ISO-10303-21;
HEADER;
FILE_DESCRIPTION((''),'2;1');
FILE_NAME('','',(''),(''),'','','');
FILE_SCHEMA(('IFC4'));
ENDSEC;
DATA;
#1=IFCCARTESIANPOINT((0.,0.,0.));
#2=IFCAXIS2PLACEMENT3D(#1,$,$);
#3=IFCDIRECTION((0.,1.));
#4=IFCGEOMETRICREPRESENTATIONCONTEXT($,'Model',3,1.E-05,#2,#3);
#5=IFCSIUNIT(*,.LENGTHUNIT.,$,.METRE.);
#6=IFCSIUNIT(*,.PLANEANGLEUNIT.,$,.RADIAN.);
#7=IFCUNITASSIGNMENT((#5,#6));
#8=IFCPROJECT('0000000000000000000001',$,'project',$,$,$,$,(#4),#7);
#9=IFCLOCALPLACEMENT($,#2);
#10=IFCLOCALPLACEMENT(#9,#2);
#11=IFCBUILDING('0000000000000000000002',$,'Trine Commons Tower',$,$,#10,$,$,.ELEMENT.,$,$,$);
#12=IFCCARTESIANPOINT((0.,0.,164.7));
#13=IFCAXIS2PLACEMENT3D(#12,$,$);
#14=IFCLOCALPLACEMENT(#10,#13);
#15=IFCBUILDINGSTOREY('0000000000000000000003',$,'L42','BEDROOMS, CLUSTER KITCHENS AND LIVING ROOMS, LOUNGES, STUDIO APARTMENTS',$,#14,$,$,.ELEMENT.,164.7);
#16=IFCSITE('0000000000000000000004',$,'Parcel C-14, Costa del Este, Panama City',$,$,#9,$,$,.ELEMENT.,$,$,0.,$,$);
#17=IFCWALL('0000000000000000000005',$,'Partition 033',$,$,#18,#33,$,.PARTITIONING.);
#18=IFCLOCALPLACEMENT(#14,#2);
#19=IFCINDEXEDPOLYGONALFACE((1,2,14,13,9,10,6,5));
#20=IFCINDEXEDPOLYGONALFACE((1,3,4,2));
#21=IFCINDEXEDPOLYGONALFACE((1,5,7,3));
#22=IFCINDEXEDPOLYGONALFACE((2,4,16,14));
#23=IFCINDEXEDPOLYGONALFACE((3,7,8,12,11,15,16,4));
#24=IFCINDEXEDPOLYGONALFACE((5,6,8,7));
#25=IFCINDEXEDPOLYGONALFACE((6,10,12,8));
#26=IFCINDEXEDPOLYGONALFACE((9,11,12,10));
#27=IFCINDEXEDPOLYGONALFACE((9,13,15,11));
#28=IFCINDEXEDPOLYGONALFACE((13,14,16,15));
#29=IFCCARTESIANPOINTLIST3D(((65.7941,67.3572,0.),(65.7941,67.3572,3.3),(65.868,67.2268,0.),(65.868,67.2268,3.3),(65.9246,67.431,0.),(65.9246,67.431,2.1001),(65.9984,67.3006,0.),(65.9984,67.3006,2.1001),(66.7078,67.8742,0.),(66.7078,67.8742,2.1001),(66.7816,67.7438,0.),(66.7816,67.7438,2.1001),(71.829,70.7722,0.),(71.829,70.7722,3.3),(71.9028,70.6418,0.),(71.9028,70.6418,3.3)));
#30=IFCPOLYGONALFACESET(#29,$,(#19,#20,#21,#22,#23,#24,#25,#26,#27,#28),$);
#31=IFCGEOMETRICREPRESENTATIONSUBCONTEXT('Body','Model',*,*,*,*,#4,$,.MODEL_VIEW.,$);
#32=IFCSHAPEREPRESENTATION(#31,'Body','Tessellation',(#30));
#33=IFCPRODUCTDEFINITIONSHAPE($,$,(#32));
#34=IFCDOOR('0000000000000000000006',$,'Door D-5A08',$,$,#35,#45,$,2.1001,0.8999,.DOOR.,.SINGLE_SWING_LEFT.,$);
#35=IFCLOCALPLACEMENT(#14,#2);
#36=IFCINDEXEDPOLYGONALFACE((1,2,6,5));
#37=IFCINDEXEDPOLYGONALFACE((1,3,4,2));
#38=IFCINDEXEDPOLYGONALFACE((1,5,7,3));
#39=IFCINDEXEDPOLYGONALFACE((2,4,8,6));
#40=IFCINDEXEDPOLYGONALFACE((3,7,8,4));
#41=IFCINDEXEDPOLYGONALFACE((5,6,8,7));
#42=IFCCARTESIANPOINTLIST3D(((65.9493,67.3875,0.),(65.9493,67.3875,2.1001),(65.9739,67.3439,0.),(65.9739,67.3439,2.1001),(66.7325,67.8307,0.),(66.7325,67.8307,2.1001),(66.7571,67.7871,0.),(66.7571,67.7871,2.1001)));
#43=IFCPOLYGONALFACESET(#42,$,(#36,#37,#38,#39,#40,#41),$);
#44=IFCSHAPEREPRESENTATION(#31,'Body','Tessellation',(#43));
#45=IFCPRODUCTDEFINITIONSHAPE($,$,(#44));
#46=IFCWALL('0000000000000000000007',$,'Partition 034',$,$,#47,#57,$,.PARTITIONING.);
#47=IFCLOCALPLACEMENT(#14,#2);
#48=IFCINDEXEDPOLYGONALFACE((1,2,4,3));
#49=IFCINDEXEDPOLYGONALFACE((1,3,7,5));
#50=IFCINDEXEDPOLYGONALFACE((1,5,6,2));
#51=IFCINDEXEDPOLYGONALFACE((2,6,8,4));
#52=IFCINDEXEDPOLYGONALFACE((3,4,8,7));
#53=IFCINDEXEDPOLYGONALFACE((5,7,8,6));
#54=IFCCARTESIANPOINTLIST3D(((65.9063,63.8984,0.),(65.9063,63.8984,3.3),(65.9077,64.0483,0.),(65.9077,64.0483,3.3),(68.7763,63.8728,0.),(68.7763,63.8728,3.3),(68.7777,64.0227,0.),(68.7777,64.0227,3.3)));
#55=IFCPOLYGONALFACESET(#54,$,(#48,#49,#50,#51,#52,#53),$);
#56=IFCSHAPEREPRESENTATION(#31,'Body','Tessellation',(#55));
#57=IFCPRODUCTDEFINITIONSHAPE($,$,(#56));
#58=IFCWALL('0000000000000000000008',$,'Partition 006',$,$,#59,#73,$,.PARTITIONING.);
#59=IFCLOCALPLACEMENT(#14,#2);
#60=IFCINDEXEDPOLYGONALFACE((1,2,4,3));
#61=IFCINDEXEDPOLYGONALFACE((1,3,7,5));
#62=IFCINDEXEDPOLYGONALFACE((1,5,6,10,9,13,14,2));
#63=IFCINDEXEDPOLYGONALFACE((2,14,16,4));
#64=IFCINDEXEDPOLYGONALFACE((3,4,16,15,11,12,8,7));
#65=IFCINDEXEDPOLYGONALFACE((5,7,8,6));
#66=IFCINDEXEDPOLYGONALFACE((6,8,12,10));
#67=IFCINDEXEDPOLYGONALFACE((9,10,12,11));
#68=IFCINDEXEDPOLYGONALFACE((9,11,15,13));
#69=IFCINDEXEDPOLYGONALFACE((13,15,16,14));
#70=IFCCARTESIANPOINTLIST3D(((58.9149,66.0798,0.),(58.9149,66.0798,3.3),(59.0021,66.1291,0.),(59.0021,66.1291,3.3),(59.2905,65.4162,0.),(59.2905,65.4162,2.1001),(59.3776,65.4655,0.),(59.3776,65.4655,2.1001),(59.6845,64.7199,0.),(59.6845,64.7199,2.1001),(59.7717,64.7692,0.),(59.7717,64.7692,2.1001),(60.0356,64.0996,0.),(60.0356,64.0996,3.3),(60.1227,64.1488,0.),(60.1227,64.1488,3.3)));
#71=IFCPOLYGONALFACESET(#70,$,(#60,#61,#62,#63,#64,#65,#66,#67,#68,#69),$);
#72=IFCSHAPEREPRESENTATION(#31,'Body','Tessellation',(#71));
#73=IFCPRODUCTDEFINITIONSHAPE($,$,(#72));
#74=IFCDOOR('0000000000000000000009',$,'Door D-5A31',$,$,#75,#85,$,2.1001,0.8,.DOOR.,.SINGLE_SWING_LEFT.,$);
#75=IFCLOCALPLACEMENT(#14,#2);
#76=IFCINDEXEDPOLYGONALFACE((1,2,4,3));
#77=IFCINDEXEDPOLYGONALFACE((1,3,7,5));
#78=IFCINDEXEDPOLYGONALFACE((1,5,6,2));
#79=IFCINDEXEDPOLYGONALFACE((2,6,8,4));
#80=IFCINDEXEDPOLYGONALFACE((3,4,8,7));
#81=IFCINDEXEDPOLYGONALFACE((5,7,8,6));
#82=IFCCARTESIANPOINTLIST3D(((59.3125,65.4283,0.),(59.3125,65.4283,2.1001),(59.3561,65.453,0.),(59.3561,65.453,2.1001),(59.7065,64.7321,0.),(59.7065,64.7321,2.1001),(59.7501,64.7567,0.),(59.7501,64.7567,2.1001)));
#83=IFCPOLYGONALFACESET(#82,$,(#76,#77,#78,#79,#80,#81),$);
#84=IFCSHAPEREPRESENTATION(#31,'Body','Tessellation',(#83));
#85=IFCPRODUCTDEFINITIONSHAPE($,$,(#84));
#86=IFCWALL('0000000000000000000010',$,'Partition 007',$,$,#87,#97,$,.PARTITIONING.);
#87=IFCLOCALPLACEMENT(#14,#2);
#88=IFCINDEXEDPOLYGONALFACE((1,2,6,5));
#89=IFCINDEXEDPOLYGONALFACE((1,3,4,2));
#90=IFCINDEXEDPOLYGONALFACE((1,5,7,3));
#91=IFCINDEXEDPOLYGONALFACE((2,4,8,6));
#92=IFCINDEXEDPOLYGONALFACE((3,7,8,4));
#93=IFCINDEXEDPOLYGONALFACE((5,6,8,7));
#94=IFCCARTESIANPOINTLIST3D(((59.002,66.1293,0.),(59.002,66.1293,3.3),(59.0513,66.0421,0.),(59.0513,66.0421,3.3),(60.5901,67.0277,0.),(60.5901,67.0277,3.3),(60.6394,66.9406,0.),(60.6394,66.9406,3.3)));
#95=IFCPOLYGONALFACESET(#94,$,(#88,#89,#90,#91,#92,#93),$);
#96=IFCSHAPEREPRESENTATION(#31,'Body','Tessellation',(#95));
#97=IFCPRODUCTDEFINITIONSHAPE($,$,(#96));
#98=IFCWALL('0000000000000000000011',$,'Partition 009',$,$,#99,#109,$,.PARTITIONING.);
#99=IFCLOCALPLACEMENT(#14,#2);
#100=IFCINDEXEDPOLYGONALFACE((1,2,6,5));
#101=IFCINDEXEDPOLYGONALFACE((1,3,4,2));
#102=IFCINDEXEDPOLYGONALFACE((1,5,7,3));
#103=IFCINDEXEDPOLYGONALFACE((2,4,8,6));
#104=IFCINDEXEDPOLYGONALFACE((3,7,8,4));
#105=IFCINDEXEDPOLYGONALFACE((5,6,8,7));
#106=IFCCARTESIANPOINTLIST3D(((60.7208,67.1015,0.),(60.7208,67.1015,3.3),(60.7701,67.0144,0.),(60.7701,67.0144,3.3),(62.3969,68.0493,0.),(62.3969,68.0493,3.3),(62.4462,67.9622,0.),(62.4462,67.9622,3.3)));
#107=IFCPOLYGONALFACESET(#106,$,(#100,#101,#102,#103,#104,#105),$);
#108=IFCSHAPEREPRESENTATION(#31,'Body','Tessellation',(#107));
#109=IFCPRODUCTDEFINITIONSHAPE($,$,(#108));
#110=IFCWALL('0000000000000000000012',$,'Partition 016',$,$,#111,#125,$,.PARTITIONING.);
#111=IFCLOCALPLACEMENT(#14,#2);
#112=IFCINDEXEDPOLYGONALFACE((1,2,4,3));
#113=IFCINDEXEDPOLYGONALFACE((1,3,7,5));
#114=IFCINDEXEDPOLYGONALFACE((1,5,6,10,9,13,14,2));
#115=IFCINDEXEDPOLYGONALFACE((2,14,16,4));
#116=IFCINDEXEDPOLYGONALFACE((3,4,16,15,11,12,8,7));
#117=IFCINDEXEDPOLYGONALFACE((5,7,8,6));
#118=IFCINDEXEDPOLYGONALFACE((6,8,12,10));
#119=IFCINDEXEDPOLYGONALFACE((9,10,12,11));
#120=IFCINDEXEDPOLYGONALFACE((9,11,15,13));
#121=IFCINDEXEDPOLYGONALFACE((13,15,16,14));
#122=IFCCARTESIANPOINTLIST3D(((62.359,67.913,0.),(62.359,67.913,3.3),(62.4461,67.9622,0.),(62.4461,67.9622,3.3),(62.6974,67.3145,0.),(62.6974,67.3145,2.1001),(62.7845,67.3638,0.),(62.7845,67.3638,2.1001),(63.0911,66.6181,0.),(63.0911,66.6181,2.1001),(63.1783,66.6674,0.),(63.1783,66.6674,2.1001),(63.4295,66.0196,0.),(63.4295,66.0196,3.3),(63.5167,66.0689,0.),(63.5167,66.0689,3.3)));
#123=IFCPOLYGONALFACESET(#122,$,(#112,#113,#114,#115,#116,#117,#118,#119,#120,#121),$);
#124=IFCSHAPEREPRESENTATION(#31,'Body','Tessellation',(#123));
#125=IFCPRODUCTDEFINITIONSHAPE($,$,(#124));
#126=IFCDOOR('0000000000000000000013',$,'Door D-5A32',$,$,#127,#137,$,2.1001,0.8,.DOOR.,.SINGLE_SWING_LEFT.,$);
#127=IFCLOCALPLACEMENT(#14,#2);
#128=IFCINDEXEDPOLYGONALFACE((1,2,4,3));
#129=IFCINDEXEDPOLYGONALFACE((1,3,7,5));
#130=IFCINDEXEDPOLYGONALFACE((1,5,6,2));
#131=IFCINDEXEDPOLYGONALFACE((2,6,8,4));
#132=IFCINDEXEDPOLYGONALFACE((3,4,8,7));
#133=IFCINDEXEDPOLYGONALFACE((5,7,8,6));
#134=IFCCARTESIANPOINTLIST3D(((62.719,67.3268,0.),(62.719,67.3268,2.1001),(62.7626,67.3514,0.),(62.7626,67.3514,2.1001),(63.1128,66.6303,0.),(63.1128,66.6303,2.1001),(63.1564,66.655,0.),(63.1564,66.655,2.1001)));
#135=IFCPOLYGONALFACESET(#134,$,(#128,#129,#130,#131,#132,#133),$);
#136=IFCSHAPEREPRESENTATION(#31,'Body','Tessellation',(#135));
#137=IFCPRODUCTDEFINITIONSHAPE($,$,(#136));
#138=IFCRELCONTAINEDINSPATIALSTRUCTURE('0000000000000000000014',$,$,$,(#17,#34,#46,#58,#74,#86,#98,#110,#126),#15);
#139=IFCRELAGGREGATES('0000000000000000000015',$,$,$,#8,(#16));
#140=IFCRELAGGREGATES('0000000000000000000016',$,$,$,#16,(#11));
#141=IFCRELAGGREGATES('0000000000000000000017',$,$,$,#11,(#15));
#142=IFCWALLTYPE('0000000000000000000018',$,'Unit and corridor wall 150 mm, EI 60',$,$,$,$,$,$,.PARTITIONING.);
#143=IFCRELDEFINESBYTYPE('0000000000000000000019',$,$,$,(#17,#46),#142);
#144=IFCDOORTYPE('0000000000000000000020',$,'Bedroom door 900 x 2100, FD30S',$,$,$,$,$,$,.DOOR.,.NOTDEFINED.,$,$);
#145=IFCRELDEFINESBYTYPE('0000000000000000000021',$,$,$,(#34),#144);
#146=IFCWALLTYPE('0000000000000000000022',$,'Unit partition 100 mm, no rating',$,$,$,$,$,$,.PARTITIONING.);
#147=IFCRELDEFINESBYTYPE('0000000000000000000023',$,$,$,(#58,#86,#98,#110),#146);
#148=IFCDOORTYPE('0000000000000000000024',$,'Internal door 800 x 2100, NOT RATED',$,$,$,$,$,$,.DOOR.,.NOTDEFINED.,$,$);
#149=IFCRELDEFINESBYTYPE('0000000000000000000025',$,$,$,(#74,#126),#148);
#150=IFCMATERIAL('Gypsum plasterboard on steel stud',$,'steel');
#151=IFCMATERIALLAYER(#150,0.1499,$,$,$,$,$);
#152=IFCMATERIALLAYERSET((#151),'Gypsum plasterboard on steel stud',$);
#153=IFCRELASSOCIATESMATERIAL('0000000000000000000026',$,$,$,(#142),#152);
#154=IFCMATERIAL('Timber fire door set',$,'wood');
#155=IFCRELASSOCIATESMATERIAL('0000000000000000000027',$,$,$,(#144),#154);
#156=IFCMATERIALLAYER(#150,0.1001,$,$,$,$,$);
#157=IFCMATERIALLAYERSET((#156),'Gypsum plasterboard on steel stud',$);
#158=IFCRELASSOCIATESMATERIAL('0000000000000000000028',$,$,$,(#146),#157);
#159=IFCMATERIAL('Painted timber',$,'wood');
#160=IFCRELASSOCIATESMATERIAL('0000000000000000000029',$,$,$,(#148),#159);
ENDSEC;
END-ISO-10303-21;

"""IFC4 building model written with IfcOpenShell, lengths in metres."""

from ifc_helpers import new_model, si_unit, direction, frame, frame_2d, origin, place, context, subcontext, project, spatial, rectangle, extrude, material, layer, layer_set, type_object, element, fill, save


model = new_model("IFC4")

# Units and contexts
model_context = context("Model", 3, precision=1e-05, world=origin(), true_north=direction((0.0, 1.0)))
body_context = subcontext(model_context, "Body", "Model", "MODEL_VIEW")
ifc_project = project(units=[si_unit("LENGTHUNIT", "METRE"), si_unit("PLANEANGLEUNIT", "RADIAN")], contexts=[model_context])

# Site, building, storey
site_placement = place(None, origin())
site = spatial("IfcSite", under=ifc_project, at=site_placement, Name="Parcel C-14, Costa del Este, Panama City", CompositionType="ELEMENT", RefElevation=0.0)
building_placement = place(site_placement, origin())
building = spatial("IfcBuilding", under=site, at=building_placement, Name="Trine Commons Tower", CompositionType="ELEMENT")
storey_placement = place(building_placement, frame((0.0, 0.0, 164.7)))
storey = spatial("IfcBuildingStorey", under=building, at=storey_placement, Name="L42", Description="BEDROOMS, CLUSTER KITCHENS AND LIVING ROOMS, LOUNGES, STUDIO APARTMENTS", CompositionType="ELEMENT", Elevation=164.7)

# Shared definitions
ifc_material_1 = material(Name="Gypsum plasterboard on steel stud", Category="steel")
ifc_layer_1 = layer(ifc_material_1, 0.1499)
ifc_layer_set_1 = layer_set([ifc_layer_1], Name="Gypsum plasterboard on steel stud")
wall_type_1 = type_object("IfcWallType", Name="Unit and corridor wall 150 mm, EI 60", PredefinedType="PARTITIONING", material=ifc_layer_set_1)

# Shared definitions
ifc_material_2 = material(Name="Timber fire door set", Category="wood")

# Shared definitions
ifc_material_3 = material(Name="Painted timber", Category="wood")

# Wall, opening, door
wall_1_placement = place(storey_placement, frame((65.8311, 67.292, 0.0), z_axis=(0.0, 0.0, 1.0), x_axis=(0.870316, 0.492495, 0.0)))
wall_1 = element("IfcWall", 1, at=wall_1_placement, inside=storey, type_object=wall_type_1, Name="Partition 033", PredefinedType="PARTITIONING", context=body_context, shape_type="SweptSolid", body=[
    extrude(rectangle(XDim=6.9341, YDim=0.1499, at=frame_2d((3.467, 0.0))), origin(), (0.0, 0.0, 1.0), 3.3),
])
opening_1_placement = place(wall_1_placement, frame((0.1499, 0.0, 0.0)))
opening_1 = element("IfcOpeningElement", 2, at=opening_1_placement, cuts=wall_1, PredefinedType="OPENING", context=body_context, shape_type="SweptSolid", body=[
    extrude(rectangle(XDim=0.8999, YDim=2.1001, at=frame_2d((0.45, 1.05))), frame((0.0, 0.085, 0.0), z_axis=(0.0, -1.0, 0.0), x_axis=(1.0, 0.0, 0.0)), (0.0, 0.0, 1.0), 0.1699),
])
door_type_1 = type_object("IfcDoorType", Name="Bedroom door 900 x 2100, FD30S", OperationType="NOTDEFINED", PredefinedType="DOOR", material=ifc_material_2)
door_1_placement = place(opening_1_placement, origin())
door_1 = element("IfcDoor", 3, at=door_1_placement, inside=storey, type_object=door_type_1, Name="Door D-5A08", OperationType="SINGLE_SWING_LEFT", OverallHeight=2.1001, OverallWidth=0.8999, PredefinedType="DOOR", context=body_context, shape_type="SweptSolid", body=[
    extrude(rectangle(XDim=0.8999, YDim=2.1001, at=frame_2d((0.45, 1.05))), frame((0.0, 0.0249, 0.0), z_axis=(0.0, -1.0, 0.0), x_axis=(1.0, 0.0, 0.0)), (0.0, 0.0, 1.0), 0.05),
])
fill(opening_1, door_1)

# Wall
wall_2_placement = place(storey_placement, frame((65.907, 63.9734, 0.0), z_axis=(0.0, 0.0, 1.0), x_axis=(0.99996, -0.008931, 0.0)))
element("IfcWall", 4, at=wall_2_placement, inside=storey, type_object=wall_type_1, Name="Partition 034", PredefinedType="PARTITIONING", context=body_context, shape_type="SweptSolid", body=[
    extrude(rectangle(XDim=2.8701, YDim=0.1499, at=frame_2d((1.4351, 0.0))), origin(), (0.0, 0.0, 1.0), 3.3),
])

# Wall, opening, door
ifc_layer_2 = layer(ifc_material_1, 0.1001)
ifc_layer_set_2 = layer_set([ifc_layer_2], Name="Gypsum plasterboard on steel stud")
wall_type_2 = type_object("IfcWallType", Name="Unit partition 100 mm, no rating", PredefinedType="PARTITIONING", material=ifc_layer_set_2)
wall_3_placement = place(storey_placement, frame((58.9585, 66.1045, 0.0), z_axis=(0.0, 0.0, 1.0), x_axis=(0.492506, -0.870309, 0.0)))
wall_3 = element("IfcWall", 5, at=wall_3_placement, inside=storey, type_object=wall_type_2, Name="Partition 006", PredefinedType="PARTITIONING", context=body_context, shape_type="SweptSolid", body=[
    extrude(rectangle(XDim=2.2754, YDim=0.1001, at=frame_2d((1.1377, 0.0))), origin(), (0.0, 0.0, 1.0), 3.3),
])
opening_2_placement = place(wall_3_placement, frame((0.7627, 0.0, 0.0)))
opening_2 = element("IfcOpeningElement", 6, at=opening_2_placement, cuts=wall_3, PredefinedType="OPENING", context=body_context, shape_type="SweptSolid", body=[
    extrude(rectangle(XDim=0.8, YDim=2.1001, at=frame_2d((0.3999, 1.05))), frame((0.0, 0.0601, 0.0), z_axis=(0.0, -1.0, 0.0), x_axis=(1.0, 0.0, 0.0)), (0.0, 0.0, 1.0), 0.1201),
])
door_type_2 = type_object("IfcDoorType", Name="Internal door 800 x 2100, NOT RATED", OperationType="NOTDEFINED", PredefinedType="DOOR", material=ifc_material_3)
door_2_placement = place(opening_2_placement, frame((0.8, 0.0, 0.0), z_axis=(0.0, 0.0, 1.0), x_axis=(-1.0, 0.0, 0.0)))
door_2 = element("IfcDoor", 7, at=door_2_placement, inside=storey, type_object=door_type_2, Name="Door D-5A31", OperationType="SINGLE_SWING_LEFT", OverallHeight=2.1001, OverallWidth=0.8, PredefinedType="DOOR", context=body_context, shape_type="SweptSolid", body=[
    extrude(rectangle(XDim=0.8, YDim=2.1001, at=frame_2d((0.3999, 1.05))), frame((0.0, 0.0249, 0.0), z_axis=(0.0, -1.0, 0.0), x_axis=(1.0, 0.0, 0.0)), (0.0, 0.0, 1.0), 0.05),
])
fill(opening_2, door_2)

# Walls
wall_4_placement = place(storey_placement, frame((59.0266, 66.0857, 0.0), z_axis=(0.0, 0.0, 1.0), x_axis=(0.870376, 0.492388, 0.0)))
element("IfcWall", 8, at=wall_4_placement, inside=storey, type_object=wall_type_2, Name="Partition 007", PredefinedType="PARTITIONING", context=body_context, shape_type="SweptSolid", body=[
    extrude(rectangle(XDim=1.8247, YDim=0.1001, at=frame_2d((0.9124, 0.0))), origin(), (0.0, 0.0, 1.0), 3.3),
])
wall_5_placement = place(storey_placement, frame((60.7454, 67.0579, 0.0), z_axis=(0.0, 0.0, 1.0), x_axis=(0.870466, 0.492229, 0.0)))
element("IfcWall", 9, at=wall_5_placement, inside=storey, type_object=wall_type_2, Name="Partition 009", PredefinedType="PARTITIONING", context=body_context, shape_type="SweptSolid", body=[
    extrude(rectangle(XDim=1.9255, YDim=0.1001, at=frame_2d((0.9629, 0.0))), origin(), (0.0, 0.0, 1.0), 3.3),
])

# Wall, opening, door
wall_6_placement = place(storey_placement, frame((62.4026, 67.9375, 0.0), z_axis=(0.0, 0.0, 1.0), x_axis=(0.492205, -0.870479, 0.0)))
wall_6 = element("IfcWall", 10, at=wall_6_placement, inside=storey, type_object=wall_type_2, Name="Partition 016", PredefinedType="PARTITIONING", context=body_context, shape_type="SweptSolid", body=[
    extrude(rectangle(XDim=2.175, YDim=0.1001, at=frame_2d((1.0874, 0.0))), origin(), (0.0, 0.0, 1.0), 3.3),
])
opening_3_placement = place(wall_6_placement, frame((0.6875, 0.0, 0.0)))
opening_3 = element("IfcOpeningElement", 11, at=opening_3_placement, cuts=wall_6, PredefinedType="OPENING", context=body_context, shape_type="SweptSolid", body=[
    extrude(rectangle(XDim=0.8, YDim=2.1001, at=frame_2d((0.3999, 1.05))), frame((0.0, 0.0601, 0.0), z_axis=(0.0, -1.0, 0.0), x_axis=(1.0, 0.0, 0.0)), (0.0, 0.0, 1.0), 0.1201),
])
door_3_placement = place(opening_3_placement, origin())
door_3 = element("IfcDoor", 12, at=door_3_placement, inside=storey, type_object=door_type_2, Name="Door D-5A32", OperationType="SINGLE_SWING_LEFT", OverallHeight=2.1001, OverallWidth=0.8, PredefinedType="DOOR", context=body_context, shape_type="SweptSolid", body=[
    extrude(rectangle(XDim=0.8, YDim=2.1001, at=frame_2d((0.3999, 1.05))), frame((0.0, 0.0249, 0.0), z_axis=(0.0, -1.0, 0.0), x_axis=(1.0, 0.0, 0.0)), (0.0, 0.0, 1.0), 0.05),
])
fill(opening_3, door_3)

save(model, "model.ifc")
